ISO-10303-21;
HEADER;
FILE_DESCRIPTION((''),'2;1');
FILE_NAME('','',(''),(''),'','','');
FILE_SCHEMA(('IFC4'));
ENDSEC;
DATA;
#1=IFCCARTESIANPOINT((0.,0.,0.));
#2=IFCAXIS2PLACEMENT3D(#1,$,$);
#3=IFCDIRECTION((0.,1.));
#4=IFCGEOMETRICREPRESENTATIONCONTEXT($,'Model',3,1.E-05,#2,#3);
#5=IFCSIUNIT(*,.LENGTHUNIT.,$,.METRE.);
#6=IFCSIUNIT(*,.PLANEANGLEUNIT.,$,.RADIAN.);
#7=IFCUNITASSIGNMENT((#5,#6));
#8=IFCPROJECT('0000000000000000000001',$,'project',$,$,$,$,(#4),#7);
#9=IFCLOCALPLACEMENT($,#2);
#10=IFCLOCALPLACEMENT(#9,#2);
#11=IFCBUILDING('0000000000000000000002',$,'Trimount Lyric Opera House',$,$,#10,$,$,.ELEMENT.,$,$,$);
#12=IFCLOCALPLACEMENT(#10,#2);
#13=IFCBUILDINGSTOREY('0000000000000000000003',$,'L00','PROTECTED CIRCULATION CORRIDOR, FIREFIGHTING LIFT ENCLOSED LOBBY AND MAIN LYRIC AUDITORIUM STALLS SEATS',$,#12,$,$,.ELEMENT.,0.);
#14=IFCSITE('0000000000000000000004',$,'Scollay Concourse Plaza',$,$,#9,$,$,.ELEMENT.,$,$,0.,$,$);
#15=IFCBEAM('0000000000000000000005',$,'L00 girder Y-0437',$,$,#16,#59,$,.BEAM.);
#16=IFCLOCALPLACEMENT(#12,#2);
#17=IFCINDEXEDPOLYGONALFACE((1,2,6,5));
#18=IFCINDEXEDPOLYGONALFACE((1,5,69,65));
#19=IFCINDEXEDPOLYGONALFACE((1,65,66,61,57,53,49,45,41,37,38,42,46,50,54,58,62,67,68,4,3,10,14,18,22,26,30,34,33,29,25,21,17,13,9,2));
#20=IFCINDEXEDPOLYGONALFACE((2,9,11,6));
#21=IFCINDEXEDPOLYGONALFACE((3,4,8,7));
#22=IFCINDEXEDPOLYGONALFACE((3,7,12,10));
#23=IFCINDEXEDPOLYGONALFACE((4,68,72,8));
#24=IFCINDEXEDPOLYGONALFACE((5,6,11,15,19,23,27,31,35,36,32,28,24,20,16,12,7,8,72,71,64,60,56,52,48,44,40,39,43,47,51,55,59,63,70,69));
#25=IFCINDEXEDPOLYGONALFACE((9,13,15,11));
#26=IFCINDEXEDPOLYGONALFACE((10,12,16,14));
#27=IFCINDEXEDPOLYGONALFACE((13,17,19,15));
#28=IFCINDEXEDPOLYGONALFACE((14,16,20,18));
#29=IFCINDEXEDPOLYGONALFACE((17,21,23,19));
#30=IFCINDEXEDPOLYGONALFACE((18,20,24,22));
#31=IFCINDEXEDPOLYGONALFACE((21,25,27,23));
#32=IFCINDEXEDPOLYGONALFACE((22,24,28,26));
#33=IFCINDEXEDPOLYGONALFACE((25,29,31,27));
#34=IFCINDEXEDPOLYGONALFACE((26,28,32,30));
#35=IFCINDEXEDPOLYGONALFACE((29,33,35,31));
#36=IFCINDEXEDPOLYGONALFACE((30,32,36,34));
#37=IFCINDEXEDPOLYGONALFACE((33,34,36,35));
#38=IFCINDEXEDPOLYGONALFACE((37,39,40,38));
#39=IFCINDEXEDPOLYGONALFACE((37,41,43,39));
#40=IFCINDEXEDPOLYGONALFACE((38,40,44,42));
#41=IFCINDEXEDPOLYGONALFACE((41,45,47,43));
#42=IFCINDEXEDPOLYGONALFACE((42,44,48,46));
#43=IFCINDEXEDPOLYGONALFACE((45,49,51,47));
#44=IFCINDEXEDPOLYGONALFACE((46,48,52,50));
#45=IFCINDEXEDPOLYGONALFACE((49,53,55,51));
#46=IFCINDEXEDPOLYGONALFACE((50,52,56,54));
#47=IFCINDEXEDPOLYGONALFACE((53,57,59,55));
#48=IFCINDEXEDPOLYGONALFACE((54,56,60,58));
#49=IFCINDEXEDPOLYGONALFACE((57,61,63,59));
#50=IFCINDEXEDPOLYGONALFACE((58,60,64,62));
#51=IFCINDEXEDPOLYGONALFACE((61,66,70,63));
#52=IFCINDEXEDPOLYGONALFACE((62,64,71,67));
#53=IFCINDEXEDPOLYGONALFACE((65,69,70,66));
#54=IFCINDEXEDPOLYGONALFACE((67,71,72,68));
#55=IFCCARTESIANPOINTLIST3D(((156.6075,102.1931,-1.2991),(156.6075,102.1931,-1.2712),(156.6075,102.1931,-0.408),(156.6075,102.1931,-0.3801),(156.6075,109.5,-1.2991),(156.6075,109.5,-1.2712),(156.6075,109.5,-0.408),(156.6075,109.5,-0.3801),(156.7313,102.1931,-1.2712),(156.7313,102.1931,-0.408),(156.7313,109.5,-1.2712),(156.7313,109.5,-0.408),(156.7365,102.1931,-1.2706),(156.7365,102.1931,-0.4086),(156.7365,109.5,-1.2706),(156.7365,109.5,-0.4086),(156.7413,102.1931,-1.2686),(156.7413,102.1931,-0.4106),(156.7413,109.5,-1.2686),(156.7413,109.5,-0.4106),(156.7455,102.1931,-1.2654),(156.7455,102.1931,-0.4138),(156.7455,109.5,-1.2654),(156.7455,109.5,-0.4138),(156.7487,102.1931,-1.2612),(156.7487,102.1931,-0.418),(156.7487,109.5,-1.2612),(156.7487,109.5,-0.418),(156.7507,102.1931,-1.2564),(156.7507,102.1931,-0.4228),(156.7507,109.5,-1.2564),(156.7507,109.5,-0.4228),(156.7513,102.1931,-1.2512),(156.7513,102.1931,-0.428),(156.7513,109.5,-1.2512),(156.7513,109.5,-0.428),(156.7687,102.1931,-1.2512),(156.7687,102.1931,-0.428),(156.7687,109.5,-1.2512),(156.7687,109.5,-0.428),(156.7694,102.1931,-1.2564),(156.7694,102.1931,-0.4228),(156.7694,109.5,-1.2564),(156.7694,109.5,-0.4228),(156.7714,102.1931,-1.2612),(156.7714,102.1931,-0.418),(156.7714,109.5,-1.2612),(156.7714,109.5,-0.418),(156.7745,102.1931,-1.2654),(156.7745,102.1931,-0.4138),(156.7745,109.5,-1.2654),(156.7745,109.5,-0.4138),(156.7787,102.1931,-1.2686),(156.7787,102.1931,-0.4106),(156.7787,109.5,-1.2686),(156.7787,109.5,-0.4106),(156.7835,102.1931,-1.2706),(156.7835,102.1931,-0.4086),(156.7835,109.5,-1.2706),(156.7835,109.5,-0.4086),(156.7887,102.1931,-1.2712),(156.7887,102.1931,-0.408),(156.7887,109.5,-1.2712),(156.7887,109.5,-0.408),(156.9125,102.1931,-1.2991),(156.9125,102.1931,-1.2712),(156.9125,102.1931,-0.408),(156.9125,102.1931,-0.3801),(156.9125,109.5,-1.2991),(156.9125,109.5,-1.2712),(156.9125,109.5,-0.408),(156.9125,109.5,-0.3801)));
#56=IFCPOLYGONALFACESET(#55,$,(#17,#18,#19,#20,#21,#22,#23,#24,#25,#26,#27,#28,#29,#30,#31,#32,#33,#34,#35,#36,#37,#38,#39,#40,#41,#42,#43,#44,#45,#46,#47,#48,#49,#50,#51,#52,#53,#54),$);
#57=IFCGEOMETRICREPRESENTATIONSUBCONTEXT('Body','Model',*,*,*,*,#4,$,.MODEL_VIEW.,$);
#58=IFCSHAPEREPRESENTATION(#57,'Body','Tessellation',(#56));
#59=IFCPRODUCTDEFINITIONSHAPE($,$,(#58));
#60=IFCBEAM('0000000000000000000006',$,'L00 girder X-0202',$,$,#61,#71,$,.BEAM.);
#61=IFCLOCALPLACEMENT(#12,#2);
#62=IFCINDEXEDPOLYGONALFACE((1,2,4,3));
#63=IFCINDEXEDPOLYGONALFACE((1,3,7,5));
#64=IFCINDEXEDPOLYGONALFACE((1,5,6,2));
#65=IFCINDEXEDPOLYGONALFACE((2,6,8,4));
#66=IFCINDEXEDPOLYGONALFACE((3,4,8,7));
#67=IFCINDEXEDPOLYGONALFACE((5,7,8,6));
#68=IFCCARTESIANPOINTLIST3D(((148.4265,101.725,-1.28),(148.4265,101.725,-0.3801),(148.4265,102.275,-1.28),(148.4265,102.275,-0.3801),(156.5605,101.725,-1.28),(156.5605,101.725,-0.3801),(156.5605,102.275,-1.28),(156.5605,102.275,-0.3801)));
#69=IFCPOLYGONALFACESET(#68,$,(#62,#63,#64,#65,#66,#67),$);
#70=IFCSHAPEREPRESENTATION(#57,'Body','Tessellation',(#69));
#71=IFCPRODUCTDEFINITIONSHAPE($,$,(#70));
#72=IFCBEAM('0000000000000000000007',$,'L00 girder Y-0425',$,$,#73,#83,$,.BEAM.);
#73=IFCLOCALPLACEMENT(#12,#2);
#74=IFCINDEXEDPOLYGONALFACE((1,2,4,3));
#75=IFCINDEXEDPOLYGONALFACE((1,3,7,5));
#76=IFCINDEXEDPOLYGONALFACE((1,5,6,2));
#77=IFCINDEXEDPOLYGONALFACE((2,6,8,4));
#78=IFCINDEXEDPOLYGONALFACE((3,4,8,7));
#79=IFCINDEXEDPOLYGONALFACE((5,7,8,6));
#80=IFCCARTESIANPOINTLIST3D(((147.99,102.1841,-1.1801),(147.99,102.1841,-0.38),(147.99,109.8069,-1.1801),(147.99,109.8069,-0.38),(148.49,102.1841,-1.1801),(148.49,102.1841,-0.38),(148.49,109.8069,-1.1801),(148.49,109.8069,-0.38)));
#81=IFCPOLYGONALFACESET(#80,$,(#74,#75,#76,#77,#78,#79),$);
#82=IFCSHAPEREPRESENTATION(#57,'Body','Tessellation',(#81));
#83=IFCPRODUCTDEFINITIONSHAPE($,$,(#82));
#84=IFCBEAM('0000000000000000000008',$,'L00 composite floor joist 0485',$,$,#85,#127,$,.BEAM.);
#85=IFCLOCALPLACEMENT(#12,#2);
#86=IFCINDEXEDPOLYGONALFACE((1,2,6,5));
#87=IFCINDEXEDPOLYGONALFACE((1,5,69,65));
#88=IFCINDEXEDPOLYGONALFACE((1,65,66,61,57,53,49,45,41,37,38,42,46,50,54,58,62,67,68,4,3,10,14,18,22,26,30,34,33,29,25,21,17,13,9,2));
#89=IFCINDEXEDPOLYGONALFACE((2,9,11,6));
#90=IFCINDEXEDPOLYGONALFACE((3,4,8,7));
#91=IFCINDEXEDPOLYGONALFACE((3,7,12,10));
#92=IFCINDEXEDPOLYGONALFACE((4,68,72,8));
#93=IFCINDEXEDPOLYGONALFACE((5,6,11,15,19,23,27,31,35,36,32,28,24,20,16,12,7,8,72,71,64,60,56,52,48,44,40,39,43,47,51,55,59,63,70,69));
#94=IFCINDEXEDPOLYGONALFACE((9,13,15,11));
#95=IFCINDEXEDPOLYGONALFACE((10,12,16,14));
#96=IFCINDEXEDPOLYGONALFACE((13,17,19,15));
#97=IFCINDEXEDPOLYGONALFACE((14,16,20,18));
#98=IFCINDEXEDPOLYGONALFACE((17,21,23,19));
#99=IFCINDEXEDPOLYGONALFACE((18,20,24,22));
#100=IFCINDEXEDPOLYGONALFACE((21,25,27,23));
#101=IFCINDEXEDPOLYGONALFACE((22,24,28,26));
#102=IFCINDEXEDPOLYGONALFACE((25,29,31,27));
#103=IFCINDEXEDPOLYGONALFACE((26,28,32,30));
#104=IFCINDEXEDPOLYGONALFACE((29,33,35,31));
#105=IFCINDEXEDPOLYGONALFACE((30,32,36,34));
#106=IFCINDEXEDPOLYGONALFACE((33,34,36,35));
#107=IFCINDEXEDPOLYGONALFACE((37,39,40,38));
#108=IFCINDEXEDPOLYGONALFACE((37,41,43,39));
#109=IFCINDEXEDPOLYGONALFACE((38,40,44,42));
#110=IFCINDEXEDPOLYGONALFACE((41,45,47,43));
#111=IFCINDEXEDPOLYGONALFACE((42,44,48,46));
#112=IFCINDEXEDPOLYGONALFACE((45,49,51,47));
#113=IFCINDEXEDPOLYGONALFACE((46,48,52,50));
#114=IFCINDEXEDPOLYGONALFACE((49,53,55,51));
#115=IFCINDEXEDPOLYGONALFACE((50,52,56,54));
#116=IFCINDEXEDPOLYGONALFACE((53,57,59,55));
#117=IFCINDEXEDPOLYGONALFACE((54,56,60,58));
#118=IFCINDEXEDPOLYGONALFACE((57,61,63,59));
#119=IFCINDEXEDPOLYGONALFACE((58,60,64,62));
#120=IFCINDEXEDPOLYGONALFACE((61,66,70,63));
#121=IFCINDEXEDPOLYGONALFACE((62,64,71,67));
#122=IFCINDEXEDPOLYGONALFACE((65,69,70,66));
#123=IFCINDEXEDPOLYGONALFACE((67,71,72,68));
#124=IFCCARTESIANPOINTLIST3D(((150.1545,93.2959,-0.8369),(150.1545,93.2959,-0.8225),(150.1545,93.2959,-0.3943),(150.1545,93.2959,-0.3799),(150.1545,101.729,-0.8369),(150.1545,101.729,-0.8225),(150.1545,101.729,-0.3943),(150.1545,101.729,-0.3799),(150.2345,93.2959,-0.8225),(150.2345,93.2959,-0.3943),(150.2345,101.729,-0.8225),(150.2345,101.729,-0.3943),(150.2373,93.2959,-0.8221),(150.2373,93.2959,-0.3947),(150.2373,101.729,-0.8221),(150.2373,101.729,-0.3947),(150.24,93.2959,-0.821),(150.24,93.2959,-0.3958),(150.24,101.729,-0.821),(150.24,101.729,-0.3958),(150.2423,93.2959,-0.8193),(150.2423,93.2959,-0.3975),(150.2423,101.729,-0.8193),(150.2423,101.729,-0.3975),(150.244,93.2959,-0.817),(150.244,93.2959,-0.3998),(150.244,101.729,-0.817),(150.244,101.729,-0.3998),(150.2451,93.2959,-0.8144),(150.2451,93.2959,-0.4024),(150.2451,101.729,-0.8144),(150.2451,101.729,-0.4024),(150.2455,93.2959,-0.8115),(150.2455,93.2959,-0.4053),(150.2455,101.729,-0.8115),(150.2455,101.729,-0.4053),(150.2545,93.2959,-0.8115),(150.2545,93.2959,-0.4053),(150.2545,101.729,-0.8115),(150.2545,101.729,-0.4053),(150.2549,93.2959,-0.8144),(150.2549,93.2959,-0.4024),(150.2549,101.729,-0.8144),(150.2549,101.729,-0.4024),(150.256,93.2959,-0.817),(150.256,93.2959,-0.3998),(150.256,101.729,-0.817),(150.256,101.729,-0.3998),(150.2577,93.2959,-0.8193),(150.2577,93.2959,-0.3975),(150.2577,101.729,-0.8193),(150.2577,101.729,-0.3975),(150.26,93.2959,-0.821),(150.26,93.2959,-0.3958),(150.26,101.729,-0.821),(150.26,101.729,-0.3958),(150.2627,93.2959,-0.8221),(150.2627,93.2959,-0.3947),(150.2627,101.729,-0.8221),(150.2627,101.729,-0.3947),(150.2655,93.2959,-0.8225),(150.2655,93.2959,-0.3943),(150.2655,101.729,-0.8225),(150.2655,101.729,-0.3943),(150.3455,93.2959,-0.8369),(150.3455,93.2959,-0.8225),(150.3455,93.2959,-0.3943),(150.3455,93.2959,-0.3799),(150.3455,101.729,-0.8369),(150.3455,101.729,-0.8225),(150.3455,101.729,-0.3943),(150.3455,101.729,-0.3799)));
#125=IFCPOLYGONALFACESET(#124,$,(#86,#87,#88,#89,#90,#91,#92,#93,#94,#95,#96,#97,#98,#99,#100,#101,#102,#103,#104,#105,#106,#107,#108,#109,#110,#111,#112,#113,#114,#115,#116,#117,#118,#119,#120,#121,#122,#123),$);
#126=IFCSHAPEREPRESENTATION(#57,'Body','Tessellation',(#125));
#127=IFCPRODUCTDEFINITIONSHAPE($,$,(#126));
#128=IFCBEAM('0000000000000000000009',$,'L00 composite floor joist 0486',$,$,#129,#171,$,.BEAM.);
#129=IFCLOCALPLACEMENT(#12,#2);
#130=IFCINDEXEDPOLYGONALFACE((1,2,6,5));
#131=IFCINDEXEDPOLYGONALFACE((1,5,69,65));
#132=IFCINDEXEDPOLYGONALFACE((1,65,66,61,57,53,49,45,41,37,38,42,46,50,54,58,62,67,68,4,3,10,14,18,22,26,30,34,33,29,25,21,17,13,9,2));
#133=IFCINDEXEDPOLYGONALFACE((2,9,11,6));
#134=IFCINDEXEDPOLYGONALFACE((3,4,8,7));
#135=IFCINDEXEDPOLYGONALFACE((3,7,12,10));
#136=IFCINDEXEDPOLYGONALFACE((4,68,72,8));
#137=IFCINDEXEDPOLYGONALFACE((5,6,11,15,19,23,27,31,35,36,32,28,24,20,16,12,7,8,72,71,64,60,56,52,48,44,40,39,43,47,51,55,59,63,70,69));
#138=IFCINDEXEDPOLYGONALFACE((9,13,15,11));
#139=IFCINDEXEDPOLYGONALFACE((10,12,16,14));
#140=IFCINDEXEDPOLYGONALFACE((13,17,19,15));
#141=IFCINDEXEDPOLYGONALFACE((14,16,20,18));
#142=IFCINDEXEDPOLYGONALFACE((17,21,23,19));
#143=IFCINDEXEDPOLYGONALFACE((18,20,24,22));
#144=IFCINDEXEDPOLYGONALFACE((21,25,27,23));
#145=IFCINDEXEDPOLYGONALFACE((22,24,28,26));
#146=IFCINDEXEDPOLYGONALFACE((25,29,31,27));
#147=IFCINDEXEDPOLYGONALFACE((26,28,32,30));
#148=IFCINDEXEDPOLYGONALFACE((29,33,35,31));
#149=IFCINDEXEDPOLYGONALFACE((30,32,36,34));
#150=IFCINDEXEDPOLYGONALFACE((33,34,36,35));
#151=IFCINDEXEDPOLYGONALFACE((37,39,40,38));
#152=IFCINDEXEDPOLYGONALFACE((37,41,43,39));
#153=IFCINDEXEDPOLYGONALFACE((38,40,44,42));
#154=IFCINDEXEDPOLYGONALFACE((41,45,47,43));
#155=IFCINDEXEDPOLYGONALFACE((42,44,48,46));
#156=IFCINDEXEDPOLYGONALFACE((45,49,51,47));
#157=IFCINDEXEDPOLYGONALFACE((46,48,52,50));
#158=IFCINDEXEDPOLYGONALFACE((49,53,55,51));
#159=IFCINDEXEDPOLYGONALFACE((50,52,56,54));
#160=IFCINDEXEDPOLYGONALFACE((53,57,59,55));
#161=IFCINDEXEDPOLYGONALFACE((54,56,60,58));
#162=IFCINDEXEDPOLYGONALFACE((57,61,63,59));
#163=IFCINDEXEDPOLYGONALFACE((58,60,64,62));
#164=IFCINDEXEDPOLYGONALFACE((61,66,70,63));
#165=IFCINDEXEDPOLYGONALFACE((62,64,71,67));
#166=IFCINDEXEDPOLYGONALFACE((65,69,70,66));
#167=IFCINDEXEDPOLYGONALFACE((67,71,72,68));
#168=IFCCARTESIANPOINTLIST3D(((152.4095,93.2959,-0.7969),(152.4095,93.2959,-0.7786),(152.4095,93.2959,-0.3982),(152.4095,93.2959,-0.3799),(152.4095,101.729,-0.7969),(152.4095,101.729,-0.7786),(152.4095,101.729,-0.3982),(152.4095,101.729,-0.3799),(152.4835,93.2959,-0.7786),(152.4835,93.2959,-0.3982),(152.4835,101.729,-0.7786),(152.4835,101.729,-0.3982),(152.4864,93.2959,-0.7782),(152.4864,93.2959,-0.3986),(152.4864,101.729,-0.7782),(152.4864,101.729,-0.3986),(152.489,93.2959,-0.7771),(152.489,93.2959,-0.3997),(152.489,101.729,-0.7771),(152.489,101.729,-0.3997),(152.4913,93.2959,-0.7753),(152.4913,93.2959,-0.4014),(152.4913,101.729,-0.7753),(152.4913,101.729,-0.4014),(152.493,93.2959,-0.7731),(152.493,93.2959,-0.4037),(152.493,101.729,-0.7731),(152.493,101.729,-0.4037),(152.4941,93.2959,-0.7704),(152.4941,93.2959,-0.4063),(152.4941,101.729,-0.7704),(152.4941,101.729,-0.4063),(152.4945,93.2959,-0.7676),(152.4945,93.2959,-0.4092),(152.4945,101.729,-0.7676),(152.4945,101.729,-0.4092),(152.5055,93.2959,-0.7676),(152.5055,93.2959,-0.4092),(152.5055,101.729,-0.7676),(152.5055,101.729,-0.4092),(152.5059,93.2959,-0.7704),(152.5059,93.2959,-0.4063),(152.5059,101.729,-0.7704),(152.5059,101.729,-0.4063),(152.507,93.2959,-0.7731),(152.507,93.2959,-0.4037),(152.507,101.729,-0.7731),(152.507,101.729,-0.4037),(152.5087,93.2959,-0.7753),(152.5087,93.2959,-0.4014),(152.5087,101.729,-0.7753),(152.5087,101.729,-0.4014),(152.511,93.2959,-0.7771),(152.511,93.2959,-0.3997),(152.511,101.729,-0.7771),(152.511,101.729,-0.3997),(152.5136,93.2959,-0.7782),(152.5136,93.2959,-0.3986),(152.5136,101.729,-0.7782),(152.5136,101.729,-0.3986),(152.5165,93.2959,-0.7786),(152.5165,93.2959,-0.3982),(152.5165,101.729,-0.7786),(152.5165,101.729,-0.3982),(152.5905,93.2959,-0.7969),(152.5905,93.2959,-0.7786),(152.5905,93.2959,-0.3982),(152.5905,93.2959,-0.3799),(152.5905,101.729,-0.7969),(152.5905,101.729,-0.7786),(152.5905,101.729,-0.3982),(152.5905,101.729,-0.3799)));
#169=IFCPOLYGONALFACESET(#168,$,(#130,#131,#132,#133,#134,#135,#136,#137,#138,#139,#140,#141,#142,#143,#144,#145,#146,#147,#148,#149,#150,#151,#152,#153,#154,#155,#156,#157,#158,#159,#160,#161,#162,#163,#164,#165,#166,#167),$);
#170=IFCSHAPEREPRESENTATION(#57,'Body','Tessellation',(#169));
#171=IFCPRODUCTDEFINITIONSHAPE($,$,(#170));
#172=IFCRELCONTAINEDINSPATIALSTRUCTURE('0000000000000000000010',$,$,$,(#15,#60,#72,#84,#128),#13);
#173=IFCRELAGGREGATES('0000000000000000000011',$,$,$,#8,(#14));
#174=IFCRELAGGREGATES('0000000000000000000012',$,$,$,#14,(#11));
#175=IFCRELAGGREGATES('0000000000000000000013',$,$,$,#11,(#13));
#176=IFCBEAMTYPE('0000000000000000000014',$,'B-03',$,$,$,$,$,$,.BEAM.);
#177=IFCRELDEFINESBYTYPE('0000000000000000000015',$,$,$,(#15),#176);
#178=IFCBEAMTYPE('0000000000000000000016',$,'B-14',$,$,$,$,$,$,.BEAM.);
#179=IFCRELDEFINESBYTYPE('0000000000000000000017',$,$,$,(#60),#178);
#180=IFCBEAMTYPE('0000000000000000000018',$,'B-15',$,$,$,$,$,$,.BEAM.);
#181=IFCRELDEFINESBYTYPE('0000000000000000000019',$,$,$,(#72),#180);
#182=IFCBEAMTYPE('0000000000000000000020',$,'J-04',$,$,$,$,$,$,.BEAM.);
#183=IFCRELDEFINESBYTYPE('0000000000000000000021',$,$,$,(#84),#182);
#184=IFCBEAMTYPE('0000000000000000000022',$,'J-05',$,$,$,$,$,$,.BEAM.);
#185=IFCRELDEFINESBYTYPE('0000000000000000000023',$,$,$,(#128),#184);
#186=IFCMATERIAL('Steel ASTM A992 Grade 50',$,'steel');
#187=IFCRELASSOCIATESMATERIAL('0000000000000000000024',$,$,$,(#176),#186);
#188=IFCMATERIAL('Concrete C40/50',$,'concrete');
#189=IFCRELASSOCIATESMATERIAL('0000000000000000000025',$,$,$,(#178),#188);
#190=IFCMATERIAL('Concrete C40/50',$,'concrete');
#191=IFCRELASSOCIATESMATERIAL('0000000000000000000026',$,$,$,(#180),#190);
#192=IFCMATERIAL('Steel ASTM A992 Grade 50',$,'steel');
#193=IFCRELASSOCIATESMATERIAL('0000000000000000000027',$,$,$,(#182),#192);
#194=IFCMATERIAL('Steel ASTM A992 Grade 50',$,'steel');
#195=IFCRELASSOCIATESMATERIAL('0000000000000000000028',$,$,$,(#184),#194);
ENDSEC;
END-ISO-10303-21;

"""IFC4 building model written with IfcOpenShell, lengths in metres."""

from ifc_helpers import new_model, si_unit, direction, frame, origin, origin_2d, place, context, subcontext, project, spatial, rectangle, i_section, extrude, material, material_profile, profile_set, type_object, element, save


model = new_model("IFC4")

# Units and contexts
model_context = context("Model", 3, precision=1e-05, world=origin(), true_north=direction((0.0, 1.0)))
body_context = subcontext(model_context, "Body", "Model", "MODEL_VIEW")
ifc_project = project(units=[si_unit("LENGTHUNIT", "METRE"), si_unit("PLANEANGLEUNIT", "RADIAN")], contexts=[model_context])

# Site, building, storey
site_placement = place(None, origin())
site = spatial("IfcSite", under=ifc_project, at=site_placement, Name="Scollay Concourse Plaza", CompositionType="ELEMENT", RefElevation=0.0)
building_placement = place(site_placement, origin())
building = spatial("IfcBuilding", under=site, at=building_placement, Name="Trimount Lyric Opera House", CompositionType="ELEMENT")
storey_placement = place(building_placement, origin())
storey = spatial("IfcBuildingStorey", under=building, at=storey_placement, Name="L00", Description="PROTECTED CIRCULATION CORRIDOR, FIREFIGHTING LIFT ENCLOSED LOBBY AND MAIN LYRIC AUDITORIUM STALLS SEATS", CompositionType="ELEMENT", Elevation=0.0)

# Beams
ifc_material_1 = material(Name="Steel ASTM A992 Grade 50", Category="steel")
ifc_material_profile_1 = material_profile(ifc_material_1, i_section(OverallWidth=0.3049, OverallDepth=0.9189, WebThickness=0.0173, FlangeThickness=0.0278, FilletRadius=0.02, at=origin_2d()), Name="W36X170")
ifc_profile_set_1 = profile_set([ifc_material_profile_1], Name="Steel ASTM A992 Grade 50")
beam_type_1 = type_object("IfcBeamType", Name="B-03", PredefinedType="BEAM", material=ifc_profile_set_1)
beam_1_placement = place(storey_placement, frame((156.76, 102.1931, -0.8396), z_axis=(0.0, 1.0, 0.0), x_axis=(-1.0, 0.0, 0.0)))
element("IfcBeam", 1, at=beam_1_placement, inside=storey, type_object=beam_type_1, Name="L00 girder Y-0437", PredefinedType="BEAM", context=body_context, shape_type="SweptSolid", body=[
    extrude(i_section(OverallWidth=0.3049, OverallDepth=0.9189, WebThickness=0.0173, FlangeThickness=0.0278, FilletRadius=0.02, at=origin_2d()), origin(), (0.0, 0.0, 1.0), 7.3069),
])
ifc_material_2 = material(Name="Concrete C40/50", Category="concrete")
ifc_material_profile_2 = material_profile(ifc_material_2, rectangle(XDim=0.55, YDim=0.8999, at=origin_2d()), Name="RC550X900")
ifc_profile_set_2 = profile_set([ifc_material_profile_2], Name="Concrete C40/50")
beam_type_2 = type_object("IfcBeamType", Name="B-14", PredefinedType="BEAM", material=ifc_profile_set_2)
beam_2_placement = place(storey_placement, frame((148.4265, 102.0, -0.8301), z_axis=(1.0, 0.0, 0.0), x_axis=(0.0, 1.0, 0.0)))
element("IfcBeam", 2, at=beam_2_placement, inside=storey, type_object=beam_type_2, Name="L00 girder X-0202", PredefinedType="BEAM", context=body_context, shape_type="SweptSolid", body=[
    extrude(rectangle(XDim=0.55, YDim=0.8999, at=origin_2d()), origin(), (0.0, 0.0, 1.0), 8.134),
])
ifc_material_3 = material(Name="Concrete C40/50", Category="concrete")
ifc_material_profile_3 = material_profile(ifc_material_3, rectangle(XDim=0.5, YDim=0.8, at=origin_2d()), Name="RC500X800")
ifc_profile_set_3 = profile_set([ifc_material_profile_3], Name="Concrete C40/50")
beam_type_3 = type_object("IfcBeamType", Name="B-15", PredefinedType="BEAM", material=ifc_profile_set_3)
beam_3_placement = place(storey_placement, frame((148.24, 102.1841, -0.78), z_axis=(0.0, 1.0, 0.0), x_axis=(-1.0, 0.0, 0.0)))
element("IfcBeam", 3, at=beam_3_placement, inside=storey, type_object=beam_type_3, Name="L00 girder Y-0425", PredefinedType="BEAM", context=body_context, shape_type="SweptSolid", body=[
    extrude(rectangle(XDim=0.5, YDim=0.8, at=origin_2d()), origin(), (0.0, 0.0, 1.0), 7.6228),
])
ifc_material_4 = material(Name="Steel ASTM A992 Grade 50", Category="steel")
ifc_material_profile_4 = material_profile(ifc_material_4, i_section(OverallWidth=0.1909, OverallDepth=0.457, WebThickness=0.009, FlangeThickness=0.0144, FilletRadius=0.011, at=origin_2d()), Name="W18X50")
ifc_profile_set_4 = profile_set([ifc_material_profile_4], Name="Steel ASTM A992 Grade 50")
beam_type_4 = type_object("IfcBeamType", Name="J-04", PredefinedType="BEAM", material=ifc_profile_set_4)
beam_4_placement = place(storey_placement, frame((150.25, 93.2959, -0.6084), z_axis=(0.0, 1.0, 0.0), x_axis=(-1.0, 0.0, 0.0)))
element("IfcBeam", 4, at=beam_4_placement, inside=storey, type_object=beam_type_4, Name="L00 composite floor joist 0485", PredefinedType="BEAM", context=body_context, shape_type="SweptSolid", body=[
    extrude(i_section(OverallWidth=0.1909, OverallDepth=0.457, WebThickness=0.009, FlangeThickness=0.0144, FilletRadius=0.011, at=origin_2d()), origin(), (0.0, 0.0, 1.0), 8.4331),
])
ifc_material_5 = material(Name="Steel ASTM A992 Grade 50", Category="steel")
ifc_material_profile_5 = material_profile(ifc_material_5, i_section(OverallWidth=0.1809, OverallDepth=0.417, WebThickness=0.011, FlangeThickness=0.0183, FilletRadius=0.011, at=origin_2d()), Name="W16X57")
ifc_profile_set_5 = profile_set([ifc_material_profile_5], Name="Steel ASTM A992 Grade 50")
beam_type_5 = type_object("IfcBeamType", Name="J-05", PredefinedType="BEAM", material=ifc_profile_set_5)
beam_5_placement = place(storey_placement, frame((152.5, 93.2959, -0.5884), z_axis=(0.0, 1.0, 0.0), x_axis=(-1.0, 0.0, 0.0)))
element("IfcBeam", 5, at=beam_5_placement, inside=storey, type_object=beam_type_5, Name="L00 composite floor joist 0486", PredefinedType="BEAM", context=body_context, shape_type="SweptSolid", body=[
    extrude(i_section(OverallWidth=0.1809, OverallDepth=0.417, WebThickness=0.011, FlangeThickness=0.0183, FilletRadius=0.011, at=origin_2d()), origin(), (0.0, 0.0, 1.0), 8.4331),
])

save(model, "model.ifc")
